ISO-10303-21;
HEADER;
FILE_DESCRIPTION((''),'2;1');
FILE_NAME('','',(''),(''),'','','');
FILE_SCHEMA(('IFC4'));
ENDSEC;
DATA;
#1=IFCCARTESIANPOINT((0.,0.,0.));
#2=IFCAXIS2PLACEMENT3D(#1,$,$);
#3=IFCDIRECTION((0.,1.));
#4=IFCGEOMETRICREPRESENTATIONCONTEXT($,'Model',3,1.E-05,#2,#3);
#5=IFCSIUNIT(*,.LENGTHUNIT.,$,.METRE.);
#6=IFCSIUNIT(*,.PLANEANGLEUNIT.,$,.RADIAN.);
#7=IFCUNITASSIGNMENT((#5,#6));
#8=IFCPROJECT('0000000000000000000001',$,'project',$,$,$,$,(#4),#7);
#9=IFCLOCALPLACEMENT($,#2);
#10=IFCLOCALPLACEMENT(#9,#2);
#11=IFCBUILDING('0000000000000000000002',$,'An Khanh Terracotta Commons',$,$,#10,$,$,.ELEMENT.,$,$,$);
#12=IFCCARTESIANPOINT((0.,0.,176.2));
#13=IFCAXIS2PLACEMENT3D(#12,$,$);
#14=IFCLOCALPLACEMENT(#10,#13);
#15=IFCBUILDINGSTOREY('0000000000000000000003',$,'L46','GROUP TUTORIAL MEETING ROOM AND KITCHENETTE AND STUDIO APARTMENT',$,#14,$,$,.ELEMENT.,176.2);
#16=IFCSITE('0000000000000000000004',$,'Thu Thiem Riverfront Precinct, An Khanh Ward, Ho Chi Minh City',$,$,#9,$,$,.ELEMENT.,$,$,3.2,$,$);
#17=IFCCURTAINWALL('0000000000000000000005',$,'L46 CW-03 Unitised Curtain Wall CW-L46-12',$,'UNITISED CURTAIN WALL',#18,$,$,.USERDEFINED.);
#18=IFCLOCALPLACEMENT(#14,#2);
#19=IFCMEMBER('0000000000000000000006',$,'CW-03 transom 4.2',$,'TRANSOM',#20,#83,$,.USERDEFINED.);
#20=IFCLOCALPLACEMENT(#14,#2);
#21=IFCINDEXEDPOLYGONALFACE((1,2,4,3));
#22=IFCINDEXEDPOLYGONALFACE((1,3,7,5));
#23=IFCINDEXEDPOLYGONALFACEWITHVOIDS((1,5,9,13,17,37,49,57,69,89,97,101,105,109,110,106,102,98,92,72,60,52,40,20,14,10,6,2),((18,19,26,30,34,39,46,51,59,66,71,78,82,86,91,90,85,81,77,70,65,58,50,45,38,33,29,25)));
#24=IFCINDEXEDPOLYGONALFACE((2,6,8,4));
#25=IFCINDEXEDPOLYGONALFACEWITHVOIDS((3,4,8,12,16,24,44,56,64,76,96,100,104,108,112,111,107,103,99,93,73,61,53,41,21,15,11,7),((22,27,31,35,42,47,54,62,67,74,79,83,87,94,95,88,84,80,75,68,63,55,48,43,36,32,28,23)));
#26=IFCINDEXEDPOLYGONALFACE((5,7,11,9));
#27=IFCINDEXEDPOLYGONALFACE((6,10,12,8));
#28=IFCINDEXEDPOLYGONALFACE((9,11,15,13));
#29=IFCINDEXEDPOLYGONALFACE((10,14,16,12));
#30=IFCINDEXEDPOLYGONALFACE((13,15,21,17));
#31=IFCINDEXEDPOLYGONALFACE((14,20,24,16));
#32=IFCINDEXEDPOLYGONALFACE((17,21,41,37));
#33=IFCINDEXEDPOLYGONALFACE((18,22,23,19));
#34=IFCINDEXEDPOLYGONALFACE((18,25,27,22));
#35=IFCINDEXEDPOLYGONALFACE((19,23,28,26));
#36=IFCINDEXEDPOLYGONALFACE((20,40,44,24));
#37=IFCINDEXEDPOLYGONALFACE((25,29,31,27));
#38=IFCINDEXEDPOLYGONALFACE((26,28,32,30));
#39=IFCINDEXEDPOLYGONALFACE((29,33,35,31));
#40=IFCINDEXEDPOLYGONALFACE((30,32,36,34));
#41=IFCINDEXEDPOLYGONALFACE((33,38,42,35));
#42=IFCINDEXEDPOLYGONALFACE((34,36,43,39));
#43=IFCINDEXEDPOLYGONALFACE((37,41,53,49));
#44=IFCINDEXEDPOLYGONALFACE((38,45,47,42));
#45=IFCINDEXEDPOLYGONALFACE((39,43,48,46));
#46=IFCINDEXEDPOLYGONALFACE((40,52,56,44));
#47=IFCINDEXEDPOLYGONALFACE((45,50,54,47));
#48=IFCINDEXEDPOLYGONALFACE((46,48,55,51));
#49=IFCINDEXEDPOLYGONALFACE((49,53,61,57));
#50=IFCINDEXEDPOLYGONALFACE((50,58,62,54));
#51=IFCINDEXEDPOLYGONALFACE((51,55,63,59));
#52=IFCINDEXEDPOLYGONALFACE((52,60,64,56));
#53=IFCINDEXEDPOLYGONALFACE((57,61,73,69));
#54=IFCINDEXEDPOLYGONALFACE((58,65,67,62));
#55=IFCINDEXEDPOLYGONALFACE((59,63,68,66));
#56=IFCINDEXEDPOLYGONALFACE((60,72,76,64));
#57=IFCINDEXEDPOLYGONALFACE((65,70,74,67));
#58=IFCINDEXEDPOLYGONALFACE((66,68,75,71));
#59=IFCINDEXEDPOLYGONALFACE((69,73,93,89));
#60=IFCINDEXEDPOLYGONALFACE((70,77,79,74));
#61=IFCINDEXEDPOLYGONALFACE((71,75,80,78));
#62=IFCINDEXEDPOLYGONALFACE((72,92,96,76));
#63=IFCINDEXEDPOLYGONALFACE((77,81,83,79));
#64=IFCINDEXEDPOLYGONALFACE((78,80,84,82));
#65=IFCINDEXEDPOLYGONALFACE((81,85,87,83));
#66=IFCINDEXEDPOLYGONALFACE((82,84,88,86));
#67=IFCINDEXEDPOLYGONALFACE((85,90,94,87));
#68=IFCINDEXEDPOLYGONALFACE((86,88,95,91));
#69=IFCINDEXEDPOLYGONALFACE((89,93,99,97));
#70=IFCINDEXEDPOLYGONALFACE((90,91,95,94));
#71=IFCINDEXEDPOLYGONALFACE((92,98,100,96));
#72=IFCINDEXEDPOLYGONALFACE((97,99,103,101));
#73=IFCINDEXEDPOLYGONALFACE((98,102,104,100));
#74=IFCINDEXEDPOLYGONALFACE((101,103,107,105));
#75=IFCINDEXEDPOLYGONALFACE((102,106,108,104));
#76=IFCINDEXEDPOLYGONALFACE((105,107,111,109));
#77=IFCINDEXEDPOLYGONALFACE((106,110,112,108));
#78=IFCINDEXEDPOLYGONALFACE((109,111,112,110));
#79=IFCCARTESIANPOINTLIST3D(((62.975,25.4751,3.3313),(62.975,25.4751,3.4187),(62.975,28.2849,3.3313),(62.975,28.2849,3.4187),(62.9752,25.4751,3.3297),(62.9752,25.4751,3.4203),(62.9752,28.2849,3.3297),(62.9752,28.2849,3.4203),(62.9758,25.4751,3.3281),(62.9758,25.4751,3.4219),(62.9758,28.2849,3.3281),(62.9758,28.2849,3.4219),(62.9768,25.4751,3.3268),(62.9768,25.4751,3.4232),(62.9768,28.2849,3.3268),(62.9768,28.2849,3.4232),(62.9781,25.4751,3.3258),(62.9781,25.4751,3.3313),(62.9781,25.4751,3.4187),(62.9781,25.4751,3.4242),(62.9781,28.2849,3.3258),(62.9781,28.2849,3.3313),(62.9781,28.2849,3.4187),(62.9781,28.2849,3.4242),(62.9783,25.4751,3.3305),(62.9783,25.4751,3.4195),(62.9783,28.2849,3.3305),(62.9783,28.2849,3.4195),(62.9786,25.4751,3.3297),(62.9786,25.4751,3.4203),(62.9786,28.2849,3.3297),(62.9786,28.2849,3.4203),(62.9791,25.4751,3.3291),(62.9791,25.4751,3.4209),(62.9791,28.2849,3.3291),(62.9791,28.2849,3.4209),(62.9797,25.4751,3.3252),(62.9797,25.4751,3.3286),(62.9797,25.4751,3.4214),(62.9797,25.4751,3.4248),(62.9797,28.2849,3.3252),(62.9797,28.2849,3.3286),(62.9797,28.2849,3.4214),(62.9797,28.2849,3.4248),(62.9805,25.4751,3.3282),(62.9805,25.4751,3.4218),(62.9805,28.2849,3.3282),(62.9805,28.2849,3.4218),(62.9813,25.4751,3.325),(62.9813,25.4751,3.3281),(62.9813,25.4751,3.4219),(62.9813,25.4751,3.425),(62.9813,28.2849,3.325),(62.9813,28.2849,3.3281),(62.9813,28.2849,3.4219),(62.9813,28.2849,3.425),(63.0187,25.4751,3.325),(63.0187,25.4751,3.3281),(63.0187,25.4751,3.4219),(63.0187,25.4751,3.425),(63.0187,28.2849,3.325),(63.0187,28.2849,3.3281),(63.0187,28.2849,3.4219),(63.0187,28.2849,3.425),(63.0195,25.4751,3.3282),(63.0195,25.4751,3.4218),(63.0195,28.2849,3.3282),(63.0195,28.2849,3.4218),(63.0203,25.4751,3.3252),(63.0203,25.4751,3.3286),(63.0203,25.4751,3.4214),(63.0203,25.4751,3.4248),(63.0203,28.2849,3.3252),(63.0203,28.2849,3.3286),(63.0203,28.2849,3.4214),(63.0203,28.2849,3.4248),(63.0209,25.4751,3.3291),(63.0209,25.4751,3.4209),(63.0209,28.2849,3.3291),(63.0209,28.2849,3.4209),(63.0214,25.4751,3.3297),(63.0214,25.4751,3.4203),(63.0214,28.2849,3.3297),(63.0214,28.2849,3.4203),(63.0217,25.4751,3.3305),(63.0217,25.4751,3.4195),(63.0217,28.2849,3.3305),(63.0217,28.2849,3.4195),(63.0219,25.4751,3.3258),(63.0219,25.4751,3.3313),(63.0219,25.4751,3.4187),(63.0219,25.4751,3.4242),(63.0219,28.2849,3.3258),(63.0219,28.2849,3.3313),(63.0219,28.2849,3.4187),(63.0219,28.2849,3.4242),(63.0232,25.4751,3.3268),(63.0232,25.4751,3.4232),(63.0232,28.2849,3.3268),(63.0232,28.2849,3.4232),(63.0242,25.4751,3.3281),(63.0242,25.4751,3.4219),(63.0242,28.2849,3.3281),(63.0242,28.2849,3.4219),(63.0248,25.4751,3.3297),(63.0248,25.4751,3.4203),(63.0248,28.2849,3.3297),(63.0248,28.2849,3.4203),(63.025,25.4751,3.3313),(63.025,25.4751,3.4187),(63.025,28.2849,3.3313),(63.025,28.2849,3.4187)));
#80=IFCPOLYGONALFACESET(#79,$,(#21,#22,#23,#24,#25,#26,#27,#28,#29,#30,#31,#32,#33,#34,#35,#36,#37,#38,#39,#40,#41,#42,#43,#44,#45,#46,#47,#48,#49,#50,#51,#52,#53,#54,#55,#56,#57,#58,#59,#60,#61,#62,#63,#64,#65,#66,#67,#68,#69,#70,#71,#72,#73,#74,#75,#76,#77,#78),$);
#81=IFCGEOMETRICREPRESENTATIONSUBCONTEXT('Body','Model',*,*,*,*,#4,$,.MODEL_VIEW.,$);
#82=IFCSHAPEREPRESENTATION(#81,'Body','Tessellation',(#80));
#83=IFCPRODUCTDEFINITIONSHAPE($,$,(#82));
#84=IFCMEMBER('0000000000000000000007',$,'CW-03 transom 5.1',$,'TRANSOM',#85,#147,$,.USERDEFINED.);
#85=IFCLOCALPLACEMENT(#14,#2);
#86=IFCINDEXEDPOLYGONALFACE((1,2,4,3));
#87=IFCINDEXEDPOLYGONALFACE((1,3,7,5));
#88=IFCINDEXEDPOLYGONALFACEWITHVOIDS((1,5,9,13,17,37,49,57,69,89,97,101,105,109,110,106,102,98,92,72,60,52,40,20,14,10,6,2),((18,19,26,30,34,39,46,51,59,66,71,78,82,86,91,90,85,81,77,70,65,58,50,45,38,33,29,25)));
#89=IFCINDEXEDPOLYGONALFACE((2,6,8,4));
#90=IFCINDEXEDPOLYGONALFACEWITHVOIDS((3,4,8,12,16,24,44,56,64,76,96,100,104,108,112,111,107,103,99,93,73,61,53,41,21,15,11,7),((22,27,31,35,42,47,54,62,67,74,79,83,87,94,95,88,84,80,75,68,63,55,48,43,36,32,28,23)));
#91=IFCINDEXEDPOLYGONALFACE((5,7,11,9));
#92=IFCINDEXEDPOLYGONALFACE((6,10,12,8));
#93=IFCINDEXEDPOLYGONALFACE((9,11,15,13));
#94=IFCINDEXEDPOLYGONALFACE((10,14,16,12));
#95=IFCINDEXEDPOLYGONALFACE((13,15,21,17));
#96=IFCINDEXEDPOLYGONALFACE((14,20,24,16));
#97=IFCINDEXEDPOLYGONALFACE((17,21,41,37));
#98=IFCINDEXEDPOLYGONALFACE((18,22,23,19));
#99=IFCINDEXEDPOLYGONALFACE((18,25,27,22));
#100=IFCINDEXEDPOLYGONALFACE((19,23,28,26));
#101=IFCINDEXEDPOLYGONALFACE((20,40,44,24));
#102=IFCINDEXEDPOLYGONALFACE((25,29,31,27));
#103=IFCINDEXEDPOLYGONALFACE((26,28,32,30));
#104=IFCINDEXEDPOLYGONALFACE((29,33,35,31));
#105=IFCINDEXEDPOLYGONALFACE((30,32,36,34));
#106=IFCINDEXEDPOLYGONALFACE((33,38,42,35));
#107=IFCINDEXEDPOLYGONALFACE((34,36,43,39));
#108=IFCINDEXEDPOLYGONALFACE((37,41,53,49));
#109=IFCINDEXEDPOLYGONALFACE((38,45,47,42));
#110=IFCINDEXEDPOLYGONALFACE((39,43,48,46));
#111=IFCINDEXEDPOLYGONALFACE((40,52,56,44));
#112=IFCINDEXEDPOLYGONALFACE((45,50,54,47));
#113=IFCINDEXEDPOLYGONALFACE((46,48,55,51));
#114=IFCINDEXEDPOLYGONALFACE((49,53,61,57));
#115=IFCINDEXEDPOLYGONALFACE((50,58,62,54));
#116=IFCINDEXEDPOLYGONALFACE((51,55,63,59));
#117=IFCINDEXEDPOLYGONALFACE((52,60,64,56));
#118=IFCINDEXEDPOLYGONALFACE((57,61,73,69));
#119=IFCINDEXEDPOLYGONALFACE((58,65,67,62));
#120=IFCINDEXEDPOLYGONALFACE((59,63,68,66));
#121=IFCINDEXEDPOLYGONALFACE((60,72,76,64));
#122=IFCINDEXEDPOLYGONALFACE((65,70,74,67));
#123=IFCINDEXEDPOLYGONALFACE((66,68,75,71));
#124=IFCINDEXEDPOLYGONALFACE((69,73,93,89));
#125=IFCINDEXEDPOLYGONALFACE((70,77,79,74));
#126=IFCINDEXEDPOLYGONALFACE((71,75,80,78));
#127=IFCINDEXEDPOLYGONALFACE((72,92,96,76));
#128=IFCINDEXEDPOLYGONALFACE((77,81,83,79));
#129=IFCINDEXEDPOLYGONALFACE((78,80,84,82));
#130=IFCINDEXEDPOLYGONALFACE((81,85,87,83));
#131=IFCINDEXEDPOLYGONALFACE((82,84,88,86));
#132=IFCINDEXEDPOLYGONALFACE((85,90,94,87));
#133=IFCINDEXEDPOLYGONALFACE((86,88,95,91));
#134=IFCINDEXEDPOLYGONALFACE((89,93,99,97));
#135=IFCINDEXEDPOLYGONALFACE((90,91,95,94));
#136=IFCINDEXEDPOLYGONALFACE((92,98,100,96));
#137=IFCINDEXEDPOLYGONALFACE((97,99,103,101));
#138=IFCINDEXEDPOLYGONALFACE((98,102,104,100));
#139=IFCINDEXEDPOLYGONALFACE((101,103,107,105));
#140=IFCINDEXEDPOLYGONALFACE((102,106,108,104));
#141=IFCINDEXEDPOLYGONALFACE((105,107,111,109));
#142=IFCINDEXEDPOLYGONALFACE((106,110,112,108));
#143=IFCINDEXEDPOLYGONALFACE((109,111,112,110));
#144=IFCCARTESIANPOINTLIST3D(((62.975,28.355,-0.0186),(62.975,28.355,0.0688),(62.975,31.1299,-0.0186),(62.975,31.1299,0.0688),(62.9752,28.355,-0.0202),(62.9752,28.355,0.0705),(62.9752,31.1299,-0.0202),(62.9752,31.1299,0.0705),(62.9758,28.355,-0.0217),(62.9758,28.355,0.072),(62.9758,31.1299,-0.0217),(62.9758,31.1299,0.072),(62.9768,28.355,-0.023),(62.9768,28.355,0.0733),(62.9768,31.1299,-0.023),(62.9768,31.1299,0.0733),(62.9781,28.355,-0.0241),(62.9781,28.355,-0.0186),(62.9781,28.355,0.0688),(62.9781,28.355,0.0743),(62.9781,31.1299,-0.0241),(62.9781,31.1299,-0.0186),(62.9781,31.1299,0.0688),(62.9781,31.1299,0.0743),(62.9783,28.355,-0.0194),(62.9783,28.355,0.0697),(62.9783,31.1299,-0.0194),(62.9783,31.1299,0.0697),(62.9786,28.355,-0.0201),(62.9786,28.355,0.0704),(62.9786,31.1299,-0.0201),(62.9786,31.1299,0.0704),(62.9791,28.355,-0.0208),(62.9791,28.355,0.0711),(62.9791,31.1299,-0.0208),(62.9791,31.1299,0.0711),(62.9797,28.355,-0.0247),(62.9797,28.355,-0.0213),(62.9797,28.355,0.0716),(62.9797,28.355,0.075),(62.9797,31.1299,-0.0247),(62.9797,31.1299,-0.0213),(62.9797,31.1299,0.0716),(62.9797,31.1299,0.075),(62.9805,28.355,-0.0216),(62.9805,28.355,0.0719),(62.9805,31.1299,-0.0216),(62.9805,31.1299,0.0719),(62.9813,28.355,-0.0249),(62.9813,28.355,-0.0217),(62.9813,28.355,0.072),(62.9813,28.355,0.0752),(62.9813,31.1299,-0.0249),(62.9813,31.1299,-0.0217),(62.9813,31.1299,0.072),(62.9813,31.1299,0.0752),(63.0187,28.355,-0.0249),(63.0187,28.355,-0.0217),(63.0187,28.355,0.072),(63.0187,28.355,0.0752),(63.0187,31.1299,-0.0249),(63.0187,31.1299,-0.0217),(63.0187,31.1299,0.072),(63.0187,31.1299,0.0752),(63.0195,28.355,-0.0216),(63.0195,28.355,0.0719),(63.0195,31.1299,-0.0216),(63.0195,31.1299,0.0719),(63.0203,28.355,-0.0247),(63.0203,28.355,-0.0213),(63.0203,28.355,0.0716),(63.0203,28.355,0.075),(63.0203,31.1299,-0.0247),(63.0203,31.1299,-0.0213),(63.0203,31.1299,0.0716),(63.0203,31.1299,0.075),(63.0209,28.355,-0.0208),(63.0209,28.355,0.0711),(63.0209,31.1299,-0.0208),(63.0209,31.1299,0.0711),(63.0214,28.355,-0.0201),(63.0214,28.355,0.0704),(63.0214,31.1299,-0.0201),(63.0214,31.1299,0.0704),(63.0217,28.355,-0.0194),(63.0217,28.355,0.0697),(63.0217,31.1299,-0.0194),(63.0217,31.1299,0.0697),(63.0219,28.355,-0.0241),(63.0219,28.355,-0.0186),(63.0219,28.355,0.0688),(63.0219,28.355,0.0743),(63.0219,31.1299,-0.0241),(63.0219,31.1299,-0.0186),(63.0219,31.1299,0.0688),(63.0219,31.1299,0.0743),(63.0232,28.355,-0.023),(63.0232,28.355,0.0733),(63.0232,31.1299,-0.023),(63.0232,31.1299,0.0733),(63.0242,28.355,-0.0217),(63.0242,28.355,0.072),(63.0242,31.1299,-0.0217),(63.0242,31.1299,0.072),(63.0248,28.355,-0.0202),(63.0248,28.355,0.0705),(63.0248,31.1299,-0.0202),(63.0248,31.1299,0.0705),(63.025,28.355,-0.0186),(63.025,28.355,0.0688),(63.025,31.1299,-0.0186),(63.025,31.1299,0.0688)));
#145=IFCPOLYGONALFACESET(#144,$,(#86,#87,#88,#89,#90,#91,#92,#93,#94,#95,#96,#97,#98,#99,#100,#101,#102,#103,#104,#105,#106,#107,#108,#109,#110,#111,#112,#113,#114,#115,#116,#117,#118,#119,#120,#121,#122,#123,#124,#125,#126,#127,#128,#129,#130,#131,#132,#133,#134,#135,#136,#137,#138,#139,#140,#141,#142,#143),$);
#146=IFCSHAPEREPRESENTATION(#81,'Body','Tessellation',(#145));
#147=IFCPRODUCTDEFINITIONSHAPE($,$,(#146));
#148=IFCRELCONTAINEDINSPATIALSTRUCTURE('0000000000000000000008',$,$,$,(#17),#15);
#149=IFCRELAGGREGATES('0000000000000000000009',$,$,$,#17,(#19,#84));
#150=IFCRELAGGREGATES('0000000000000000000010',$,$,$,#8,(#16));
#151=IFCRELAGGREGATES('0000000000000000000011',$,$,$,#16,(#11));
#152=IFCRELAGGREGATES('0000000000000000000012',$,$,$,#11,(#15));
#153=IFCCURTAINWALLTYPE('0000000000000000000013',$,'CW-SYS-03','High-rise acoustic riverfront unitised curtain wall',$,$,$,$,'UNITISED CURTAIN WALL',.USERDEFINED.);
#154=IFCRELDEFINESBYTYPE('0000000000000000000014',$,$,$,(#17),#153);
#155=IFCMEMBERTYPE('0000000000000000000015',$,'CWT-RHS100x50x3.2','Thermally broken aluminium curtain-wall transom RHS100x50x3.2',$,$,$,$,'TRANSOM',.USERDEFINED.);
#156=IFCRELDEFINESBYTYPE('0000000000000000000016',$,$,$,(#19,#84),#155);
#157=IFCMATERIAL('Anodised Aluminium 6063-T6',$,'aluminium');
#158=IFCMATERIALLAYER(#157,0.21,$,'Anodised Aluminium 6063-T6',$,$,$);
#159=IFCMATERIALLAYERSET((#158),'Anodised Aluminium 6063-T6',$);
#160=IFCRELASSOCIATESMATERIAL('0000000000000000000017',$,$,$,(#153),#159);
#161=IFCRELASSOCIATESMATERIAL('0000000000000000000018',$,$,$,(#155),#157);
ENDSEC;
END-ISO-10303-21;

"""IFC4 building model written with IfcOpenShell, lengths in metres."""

from ifc_helpers import new_model, si_unit, direction, frame, origin, origin_2d, place, context, subcontext, project, spatial, hollow_rectangle, extrude, material, layer, layer_set, material_profile, profile_set, type_object, element, aggregate, save


model = new_model("IFC4")

# Units and contexts
model_context = context("Model", 3, precision=1e-05, world=origin(), true_north=direction((0.0, 1.0)))
body_context = subcontext(model_context, "Body", "Model", "MODEL_VIEW")
ifc_project = project(units=[si_unit("LENGTHUNIT", "METRE"), si_unit("PLANEANGLEUNIT", "RADIAN")], contexts=[model_context])

# Site, building, storey
site_placement = place(None, origin())
site = spatial("IfcSite", under=ifc_project, at=site_placement, Name="Thu Thiem Riverfront Precinct, An Khanh Ward, Ho Chi Minh City", CompositionType="ELEMENT", RefElevation=3.2)
building_placement = place(site_placement, origin())
building = spatial("IfcBuilding", under=site, at=building_placement, Name="An Khanh Terracotta Commons", CompositionType="ELEMENT")
storey_placement = place(building_placement, frame((0.0, 0.0, 176.2)))
storey = spatial("IfcBuildingStorey", under=building, at=storey_placement, Name="L46", Description="GROUP TUTORIAL MEETING ROOM AND KITCHENETTE AND STUDIO APARTMENT", CompositionType="ELEMENT", Elevation=176.2)

# Curtain wall
ifc_material_1 = material(Name="Anodised Aluminium 6063-T6", Category="aluminium")
ifc_layer_1 = layer(ifc_material_1, 0.21, Name="Anodised Aluminium 6063-T6")
ifc_layer_set_1 = layer_set([ifc_layer_1], Name="Anodised Aluminium 6063-T6")
curtain_wall_type = type_object("IfcCurtainWallType", Name="CW-SYS-03", Description="High-rise acoustic riverfront unitised curtain wall", ElementType="UNITISED CURTAIN WALL", PredefinedType="USERDEFINED", material=ifc_layer_set_1)
curtain_wall_1_placement = place(storey_placement, origin())
curtain_wall_1 = element("IfcCurtainWall", 1, at=curtain_wall_1_placement, inside=storey, type_object=curtain_wall_type, Name="L46 CW-03 Unitised Curtain Wall CW-L46-12", ObjectType="UNITISED CURTAIN WALL", PredefinedType="USERDEFINED")

# Members
ifc_material_profile_1 = material_profile(ifc_material_1, hollow_rectangle(XDim=0.05, YDim=0.1001, WallThickness=0.0032, InnerFilletRadius=0.0032, OuterFilletRadius=0.0063, at=origin_2d()), Name="RHS100x50x3.2")
ifc_profile_set_1 = profile_set([ifc_material_profile_1], Name="Anodised Aluminium 6063-T6")
member_type_1 = type_object("IfcMemberType", Name="CWT-RHS100x50x3.2", Description="Thermally broken aluminium curtain-wall transom RHS100x50x3.2", ElementType="TRANSOM", PredefinedType="USERDEFINED", material=ifc_profile_set_1)
member_1_placement = place(storey_placement, frame((63.0, 25.4751, 3.375), z_axis=(0.0, 1.0, 0.0), x_axis=(-1.0, 0.0, 0.0)))
member_1 = element("IfcMember", 2, at=member_1_placement, type_object=member_type_1, Name="CW-03 transom 4.2", ObjectType="TRANSOM", PredefinedType="USERDEFINED", context=body_context, shape_type="SweptSolid", body=[
    extrude(hollow_rectangle(XDim=0.05, YDim=0.1001, WallThickness=0.0032, InnerFilletRadius=0.0032, OuterFilletRadius=0.0063, at=origin_2d()), origin(), (0.0, 0.0, 1.0), 2.8098),
])
member_2_placement = place(storey_placement, frame((63.0, 28.355, 0.0251), z_axis=(0.0, 1.0, 0.0), x_axis=(-1.0, 0.0, 0.0)))
member_2 = element("IfcMember", 3, at=member_2_placement, type_object=member_type_1, Name="CW-03 transom 5.1", ObjectType="TRANSOM", PredefinedType="USERDEFINED", context=body_context, shape_type="SweptSolid", body=[
    extrude(hollow_rectangle(XDim=0.05, YDim=0.1001, WallThickness=0.0032, InnerFilletRadius=0.0032, OuterFilletRadius=0.0063, at=origin_2d()), origin(), (0.0, 0.0, 1.0), 2.7749),
])

aggregate(curtain_wall_1, [member_1, member_2])

save(model, "model.ifc")
